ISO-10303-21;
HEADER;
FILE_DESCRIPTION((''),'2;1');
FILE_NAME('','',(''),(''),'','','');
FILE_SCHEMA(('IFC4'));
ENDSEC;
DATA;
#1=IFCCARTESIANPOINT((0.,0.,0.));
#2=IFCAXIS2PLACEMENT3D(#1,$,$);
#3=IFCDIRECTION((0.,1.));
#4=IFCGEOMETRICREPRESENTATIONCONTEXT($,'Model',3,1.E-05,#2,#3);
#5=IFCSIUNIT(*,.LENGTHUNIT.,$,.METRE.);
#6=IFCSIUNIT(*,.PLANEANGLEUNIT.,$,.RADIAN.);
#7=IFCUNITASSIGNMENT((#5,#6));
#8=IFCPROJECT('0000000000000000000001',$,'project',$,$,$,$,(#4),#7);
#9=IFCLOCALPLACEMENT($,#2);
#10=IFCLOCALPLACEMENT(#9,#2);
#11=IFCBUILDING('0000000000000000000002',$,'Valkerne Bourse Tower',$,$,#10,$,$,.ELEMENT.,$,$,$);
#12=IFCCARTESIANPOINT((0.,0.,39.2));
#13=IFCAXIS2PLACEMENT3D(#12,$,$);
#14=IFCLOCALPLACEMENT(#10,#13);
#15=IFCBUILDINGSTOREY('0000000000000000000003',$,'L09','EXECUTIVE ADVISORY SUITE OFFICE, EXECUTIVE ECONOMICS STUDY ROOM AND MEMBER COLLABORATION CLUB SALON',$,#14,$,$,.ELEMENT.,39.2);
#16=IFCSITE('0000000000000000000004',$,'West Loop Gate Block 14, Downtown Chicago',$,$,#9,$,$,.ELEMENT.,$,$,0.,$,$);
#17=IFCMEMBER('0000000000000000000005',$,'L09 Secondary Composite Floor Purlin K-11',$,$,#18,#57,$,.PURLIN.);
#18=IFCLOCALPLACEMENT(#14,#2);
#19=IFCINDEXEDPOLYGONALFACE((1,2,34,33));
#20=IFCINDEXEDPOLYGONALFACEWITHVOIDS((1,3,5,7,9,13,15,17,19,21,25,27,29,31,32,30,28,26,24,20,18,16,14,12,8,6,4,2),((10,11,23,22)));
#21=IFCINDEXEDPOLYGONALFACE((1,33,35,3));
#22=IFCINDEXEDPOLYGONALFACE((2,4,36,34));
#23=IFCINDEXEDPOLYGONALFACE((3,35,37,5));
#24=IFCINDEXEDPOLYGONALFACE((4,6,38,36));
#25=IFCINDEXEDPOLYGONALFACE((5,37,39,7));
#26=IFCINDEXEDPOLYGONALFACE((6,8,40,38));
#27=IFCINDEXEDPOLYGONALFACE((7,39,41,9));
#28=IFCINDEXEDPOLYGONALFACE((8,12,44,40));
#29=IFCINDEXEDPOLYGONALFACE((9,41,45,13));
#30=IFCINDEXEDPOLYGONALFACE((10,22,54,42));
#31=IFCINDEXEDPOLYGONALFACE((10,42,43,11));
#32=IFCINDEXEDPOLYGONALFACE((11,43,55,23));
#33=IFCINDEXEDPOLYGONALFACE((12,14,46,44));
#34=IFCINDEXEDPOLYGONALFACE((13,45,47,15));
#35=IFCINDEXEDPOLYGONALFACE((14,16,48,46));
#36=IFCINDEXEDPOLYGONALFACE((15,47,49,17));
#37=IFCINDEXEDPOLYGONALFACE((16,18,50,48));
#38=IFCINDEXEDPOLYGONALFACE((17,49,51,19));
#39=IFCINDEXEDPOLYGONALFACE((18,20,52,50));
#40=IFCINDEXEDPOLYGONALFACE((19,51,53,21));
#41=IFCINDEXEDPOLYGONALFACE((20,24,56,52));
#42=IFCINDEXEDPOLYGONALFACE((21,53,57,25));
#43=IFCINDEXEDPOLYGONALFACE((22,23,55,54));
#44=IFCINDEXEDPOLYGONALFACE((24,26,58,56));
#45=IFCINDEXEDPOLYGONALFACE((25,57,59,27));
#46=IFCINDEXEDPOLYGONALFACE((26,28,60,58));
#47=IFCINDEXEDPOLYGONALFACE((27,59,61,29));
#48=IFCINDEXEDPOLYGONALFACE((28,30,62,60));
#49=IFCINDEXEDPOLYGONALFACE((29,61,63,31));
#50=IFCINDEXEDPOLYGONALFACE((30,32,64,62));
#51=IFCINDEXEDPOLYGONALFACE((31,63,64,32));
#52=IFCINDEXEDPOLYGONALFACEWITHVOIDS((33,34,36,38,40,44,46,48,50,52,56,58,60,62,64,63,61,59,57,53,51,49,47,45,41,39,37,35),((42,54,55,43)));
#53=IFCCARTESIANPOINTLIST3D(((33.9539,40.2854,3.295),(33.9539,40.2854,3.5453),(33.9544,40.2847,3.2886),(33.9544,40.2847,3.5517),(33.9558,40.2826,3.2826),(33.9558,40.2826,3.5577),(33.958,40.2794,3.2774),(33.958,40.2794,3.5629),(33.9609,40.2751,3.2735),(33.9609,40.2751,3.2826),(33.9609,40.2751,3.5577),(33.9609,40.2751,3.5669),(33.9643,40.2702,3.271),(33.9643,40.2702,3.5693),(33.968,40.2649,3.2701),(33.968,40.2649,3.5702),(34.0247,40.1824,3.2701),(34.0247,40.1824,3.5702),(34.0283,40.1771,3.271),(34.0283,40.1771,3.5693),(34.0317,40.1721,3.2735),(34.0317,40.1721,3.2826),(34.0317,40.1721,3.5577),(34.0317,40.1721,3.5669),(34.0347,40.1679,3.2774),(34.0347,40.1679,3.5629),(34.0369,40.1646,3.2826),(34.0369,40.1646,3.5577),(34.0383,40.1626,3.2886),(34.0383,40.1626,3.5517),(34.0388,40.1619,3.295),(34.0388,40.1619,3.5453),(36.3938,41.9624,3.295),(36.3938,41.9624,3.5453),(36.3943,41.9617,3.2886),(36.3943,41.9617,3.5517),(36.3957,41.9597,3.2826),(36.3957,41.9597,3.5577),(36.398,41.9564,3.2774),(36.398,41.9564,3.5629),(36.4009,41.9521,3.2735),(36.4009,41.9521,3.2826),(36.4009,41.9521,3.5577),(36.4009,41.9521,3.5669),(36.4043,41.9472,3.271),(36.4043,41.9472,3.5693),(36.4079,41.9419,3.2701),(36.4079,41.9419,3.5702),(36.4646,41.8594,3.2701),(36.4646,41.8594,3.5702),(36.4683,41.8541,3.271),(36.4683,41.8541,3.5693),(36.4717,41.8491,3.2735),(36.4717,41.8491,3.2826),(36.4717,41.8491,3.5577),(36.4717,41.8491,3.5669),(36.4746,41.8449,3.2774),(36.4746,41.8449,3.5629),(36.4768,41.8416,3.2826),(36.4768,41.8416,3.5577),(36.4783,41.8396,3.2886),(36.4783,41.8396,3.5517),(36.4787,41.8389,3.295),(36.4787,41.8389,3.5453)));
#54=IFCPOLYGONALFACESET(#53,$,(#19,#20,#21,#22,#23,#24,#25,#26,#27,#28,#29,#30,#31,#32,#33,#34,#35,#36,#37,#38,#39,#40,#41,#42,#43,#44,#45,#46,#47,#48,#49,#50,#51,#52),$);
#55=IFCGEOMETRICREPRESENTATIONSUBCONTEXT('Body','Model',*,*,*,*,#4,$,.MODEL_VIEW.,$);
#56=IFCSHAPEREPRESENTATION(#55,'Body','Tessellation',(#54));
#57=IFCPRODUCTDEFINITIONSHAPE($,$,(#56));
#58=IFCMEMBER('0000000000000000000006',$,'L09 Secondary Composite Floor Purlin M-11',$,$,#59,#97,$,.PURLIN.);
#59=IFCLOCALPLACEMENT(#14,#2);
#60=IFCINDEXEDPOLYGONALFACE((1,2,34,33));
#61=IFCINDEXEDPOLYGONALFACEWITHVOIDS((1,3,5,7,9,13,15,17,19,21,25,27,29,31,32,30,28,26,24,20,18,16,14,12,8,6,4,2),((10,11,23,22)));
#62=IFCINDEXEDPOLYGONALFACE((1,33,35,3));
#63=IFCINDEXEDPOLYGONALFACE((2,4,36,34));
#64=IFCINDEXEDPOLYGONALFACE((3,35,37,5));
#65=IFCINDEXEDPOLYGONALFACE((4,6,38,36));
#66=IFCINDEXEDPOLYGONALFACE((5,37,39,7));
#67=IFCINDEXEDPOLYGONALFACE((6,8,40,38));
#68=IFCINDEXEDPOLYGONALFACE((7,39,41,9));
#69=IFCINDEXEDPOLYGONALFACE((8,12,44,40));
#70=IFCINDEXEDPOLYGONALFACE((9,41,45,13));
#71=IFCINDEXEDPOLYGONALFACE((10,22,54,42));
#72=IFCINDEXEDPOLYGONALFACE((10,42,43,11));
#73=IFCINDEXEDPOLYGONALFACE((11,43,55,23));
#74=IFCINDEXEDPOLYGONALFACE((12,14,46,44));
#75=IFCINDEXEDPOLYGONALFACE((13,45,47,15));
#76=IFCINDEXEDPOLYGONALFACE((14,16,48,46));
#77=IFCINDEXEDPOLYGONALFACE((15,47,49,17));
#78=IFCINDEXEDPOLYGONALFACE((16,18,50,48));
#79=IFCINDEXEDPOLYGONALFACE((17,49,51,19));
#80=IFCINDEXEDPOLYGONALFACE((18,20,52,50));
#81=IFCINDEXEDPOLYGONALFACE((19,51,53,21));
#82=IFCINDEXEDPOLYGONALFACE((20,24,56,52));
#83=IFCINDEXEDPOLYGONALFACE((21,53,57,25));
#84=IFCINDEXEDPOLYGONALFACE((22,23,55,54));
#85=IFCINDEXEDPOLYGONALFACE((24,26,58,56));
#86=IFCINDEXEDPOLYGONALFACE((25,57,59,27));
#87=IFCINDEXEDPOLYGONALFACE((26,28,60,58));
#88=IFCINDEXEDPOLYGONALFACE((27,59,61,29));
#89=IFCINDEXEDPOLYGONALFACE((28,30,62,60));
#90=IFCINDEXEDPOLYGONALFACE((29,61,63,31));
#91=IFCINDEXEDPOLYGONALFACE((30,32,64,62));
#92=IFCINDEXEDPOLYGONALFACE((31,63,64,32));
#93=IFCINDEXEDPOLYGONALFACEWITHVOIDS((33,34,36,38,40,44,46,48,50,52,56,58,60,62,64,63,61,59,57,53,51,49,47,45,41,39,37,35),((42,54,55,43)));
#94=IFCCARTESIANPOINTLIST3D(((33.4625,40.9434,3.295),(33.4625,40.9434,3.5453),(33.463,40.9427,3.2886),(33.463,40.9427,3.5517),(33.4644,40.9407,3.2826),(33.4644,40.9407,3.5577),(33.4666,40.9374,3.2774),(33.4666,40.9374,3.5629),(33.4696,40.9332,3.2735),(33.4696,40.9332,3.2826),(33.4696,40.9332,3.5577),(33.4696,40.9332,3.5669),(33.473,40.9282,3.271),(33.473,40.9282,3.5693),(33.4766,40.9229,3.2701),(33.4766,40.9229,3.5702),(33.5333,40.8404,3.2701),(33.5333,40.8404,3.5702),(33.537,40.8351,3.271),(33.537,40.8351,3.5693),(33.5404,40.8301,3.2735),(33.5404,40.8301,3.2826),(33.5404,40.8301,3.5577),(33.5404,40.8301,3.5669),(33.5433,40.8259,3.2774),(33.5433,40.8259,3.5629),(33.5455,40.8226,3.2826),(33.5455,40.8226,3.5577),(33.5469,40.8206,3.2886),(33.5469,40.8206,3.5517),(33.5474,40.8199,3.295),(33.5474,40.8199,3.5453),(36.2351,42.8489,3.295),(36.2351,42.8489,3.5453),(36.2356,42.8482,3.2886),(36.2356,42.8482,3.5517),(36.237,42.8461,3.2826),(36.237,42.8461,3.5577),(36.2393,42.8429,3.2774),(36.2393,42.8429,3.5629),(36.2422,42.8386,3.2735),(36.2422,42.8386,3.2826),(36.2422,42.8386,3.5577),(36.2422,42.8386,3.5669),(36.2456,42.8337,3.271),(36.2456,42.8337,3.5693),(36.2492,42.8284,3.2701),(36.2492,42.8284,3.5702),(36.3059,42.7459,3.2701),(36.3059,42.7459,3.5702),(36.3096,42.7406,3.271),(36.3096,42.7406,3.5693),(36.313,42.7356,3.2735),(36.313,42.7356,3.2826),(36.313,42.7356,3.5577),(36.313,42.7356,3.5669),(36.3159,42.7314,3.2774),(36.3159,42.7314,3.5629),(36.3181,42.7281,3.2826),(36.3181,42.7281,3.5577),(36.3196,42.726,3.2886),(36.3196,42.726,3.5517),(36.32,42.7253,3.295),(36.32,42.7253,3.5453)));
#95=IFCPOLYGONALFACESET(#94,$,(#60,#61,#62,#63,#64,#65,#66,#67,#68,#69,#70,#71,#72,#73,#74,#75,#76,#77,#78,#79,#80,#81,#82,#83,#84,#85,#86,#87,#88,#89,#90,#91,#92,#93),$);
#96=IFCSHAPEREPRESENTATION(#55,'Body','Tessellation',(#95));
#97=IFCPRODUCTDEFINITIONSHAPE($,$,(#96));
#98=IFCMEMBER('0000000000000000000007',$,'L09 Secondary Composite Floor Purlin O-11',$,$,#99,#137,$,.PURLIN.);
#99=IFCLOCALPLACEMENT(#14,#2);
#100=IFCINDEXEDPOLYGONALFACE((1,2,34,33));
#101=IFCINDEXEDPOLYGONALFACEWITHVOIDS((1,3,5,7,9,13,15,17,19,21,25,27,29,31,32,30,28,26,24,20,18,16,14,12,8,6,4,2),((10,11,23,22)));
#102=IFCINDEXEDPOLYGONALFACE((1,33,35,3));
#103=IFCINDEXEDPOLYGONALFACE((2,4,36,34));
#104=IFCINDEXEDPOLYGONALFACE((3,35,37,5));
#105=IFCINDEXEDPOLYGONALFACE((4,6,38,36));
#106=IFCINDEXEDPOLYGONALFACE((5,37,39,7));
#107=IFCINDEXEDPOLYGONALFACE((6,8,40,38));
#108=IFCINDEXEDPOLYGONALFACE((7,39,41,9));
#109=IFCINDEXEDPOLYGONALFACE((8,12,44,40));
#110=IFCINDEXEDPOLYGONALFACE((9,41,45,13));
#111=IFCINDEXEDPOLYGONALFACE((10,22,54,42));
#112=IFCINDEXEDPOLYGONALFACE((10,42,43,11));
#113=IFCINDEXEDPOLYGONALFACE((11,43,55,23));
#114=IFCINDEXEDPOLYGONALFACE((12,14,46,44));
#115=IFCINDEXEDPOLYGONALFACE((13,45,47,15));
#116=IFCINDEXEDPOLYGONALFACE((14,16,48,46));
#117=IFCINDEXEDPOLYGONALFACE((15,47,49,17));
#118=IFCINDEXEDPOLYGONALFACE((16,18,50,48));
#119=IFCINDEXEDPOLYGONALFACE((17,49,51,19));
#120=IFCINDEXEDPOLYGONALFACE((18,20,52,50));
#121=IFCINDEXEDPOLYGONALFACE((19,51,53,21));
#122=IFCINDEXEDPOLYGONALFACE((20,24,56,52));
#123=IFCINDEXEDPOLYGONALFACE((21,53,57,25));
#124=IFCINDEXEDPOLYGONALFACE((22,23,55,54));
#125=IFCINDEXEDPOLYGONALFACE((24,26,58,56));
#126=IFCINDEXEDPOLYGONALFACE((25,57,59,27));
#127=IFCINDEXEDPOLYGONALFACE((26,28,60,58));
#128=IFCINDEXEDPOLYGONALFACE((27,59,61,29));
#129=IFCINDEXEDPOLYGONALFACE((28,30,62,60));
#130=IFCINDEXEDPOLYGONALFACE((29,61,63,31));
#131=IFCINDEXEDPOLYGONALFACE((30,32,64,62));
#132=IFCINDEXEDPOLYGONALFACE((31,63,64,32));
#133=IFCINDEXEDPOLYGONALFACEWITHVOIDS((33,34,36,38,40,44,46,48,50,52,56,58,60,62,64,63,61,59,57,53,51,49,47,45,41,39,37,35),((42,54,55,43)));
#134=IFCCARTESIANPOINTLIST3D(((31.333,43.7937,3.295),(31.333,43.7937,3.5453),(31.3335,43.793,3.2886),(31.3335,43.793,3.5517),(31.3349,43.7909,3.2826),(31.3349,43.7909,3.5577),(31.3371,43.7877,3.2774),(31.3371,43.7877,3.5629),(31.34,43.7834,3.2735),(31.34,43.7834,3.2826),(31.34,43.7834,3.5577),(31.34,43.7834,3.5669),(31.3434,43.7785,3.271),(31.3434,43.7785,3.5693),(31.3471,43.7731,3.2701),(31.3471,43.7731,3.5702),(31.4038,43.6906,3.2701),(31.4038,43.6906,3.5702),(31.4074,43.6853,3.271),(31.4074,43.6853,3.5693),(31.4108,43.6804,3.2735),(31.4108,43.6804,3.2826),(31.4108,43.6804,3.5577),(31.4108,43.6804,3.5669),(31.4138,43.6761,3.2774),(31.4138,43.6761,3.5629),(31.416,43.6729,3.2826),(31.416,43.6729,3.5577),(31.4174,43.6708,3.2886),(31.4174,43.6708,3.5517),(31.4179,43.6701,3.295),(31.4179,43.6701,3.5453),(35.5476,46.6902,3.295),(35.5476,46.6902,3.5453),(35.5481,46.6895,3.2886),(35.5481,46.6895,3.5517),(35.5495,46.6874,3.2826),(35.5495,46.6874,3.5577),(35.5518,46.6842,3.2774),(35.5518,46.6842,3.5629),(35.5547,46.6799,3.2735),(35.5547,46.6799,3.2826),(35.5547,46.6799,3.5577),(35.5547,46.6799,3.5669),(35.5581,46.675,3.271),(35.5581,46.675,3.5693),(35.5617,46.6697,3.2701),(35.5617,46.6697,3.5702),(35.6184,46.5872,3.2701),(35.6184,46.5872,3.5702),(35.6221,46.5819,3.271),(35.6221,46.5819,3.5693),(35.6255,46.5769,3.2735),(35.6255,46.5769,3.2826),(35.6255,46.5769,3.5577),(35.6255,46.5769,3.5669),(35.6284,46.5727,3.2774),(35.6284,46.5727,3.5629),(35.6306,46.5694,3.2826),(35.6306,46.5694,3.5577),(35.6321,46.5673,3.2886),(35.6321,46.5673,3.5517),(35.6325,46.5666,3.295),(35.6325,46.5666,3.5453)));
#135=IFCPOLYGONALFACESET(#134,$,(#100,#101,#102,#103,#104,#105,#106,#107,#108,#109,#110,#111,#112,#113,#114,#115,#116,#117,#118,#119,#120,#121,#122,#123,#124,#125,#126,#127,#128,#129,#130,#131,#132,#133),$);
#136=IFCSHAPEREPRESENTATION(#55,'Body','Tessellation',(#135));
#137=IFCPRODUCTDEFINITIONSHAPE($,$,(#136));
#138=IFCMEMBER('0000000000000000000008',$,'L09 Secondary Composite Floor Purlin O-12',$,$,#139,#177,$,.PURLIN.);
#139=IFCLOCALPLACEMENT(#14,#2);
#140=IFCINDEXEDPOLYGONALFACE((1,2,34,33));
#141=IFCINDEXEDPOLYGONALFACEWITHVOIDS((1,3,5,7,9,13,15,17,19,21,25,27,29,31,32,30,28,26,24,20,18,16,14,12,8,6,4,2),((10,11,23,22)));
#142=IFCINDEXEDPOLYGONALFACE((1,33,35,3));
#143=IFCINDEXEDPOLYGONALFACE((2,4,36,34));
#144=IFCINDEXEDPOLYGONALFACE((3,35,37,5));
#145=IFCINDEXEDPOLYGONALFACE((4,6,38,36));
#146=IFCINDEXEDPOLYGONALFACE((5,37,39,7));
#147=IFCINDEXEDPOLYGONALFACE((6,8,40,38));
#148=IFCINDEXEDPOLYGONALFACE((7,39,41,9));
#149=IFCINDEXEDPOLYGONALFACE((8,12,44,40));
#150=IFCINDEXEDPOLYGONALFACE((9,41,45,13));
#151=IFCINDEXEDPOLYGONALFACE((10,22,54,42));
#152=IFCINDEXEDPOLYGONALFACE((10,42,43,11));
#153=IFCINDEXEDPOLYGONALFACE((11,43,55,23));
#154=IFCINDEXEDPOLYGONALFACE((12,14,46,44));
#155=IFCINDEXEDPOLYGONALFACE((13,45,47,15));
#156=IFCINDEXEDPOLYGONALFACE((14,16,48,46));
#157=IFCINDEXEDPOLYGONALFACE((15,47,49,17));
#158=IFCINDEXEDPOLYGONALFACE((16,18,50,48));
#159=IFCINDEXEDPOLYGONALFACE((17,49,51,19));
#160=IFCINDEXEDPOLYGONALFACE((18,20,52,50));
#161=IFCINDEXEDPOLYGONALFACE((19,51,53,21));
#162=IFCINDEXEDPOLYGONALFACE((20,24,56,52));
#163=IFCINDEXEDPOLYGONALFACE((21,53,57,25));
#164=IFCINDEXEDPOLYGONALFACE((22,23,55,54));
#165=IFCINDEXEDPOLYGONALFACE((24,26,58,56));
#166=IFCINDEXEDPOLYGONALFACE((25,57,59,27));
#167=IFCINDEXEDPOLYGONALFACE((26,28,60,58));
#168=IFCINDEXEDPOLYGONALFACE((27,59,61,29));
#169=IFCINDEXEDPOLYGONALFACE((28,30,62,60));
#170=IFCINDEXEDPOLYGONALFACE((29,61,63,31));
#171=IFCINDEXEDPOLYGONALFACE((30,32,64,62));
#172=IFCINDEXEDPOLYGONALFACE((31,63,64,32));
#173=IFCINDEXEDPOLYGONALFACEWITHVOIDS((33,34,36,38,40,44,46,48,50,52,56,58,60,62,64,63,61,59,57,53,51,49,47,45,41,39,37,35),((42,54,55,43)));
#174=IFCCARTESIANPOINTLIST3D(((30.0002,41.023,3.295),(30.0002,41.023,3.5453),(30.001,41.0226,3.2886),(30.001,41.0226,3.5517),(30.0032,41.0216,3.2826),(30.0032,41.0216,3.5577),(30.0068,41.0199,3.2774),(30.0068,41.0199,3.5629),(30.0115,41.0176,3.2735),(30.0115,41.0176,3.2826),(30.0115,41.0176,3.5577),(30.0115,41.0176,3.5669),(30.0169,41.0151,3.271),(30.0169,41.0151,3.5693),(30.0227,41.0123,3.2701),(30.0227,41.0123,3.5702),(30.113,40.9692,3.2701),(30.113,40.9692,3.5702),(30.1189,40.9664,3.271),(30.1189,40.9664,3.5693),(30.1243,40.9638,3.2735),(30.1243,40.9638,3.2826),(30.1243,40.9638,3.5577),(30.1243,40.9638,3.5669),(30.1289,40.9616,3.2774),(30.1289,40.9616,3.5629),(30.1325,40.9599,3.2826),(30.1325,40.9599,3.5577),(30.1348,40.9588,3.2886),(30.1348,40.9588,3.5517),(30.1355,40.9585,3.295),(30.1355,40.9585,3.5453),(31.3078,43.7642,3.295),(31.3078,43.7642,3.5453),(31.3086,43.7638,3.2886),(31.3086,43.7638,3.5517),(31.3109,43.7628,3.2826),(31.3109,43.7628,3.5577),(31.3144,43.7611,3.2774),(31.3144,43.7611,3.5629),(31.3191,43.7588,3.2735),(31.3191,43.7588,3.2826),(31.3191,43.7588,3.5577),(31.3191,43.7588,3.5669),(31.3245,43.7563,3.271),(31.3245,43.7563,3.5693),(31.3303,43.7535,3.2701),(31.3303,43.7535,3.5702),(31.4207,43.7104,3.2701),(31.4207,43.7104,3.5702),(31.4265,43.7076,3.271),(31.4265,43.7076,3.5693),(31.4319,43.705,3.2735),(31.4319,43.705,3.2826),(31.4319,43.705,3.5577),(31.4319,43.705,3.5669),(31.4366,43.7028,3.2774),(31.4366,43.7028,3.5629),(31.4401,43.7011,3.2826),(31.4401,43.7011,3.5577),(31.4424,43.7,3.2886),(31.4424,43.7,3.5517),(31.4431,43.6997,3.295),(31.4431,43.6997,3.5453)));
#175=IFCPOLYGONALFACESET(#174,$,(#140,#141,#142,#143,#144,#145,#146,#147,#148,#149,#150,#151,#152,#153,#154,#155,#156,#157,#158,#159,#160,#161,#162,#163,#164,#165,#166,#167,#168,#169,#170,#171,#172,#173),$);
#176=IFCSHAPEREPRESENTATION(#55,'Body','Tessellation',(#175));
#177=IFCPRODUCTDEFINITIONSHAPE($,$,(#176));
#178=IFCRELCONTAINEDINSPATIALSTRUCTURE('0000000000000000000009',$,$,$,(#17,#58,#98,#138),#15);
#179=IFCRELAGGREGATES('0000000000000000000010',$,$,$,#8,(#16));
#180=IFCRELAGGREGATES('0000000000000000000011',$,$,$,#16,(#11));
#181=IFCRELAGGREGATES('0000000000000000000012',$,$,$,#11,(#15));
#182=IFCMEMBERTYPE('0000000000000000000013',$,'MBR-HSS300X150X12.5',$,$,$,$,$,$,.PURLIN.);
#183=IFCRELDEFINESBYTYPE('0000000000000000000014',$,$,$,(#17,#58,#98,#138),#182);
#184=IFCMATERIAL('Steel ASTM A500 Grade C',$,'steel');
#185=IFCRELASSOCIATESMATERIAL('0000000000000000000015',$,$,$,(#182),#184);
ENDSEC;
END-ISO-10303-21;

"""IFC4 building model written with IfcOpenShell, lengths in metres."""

from ifc_helpers import new_model, si_unit, direction, frame, origin, origin_2d, place, context, subcontext, project, spatial, hollow_rectangle, extrude, material, material_profile, profile_set, type_object, element, save


model = new_model("IFC4")

# Units and contexts
model_context = context("Model", 3, precision=1e-05, world=origin(), true_north=direction((0.0, 1.0)))
body_context = subcontext(model_context, "Body", "Model", "MODEL_VIEW")
ifc_project = project(units=[si_unit("LENGTHUNIT", "METRE"), si_unit("PLANEANGLEUNIT", "RADIAN")], contexts=[model_context])

# Site, building, storey
site_placement = place(None, origin())
site = spatial("IfcSite", under=ifc_project, at=site_placement, Name="West Loop Gate Block 14, Downtown Chicago", CompositionType="ELEMENT", RefElevation=0.0)
building_placement = place(site_placement, origin())
building = spatial("IfcBuilding", under=site, at=building_placement, Name="Valkerne Bourse Tower", CompositionType="ELEMENT")
storey_placement = place(building_placement, frame((0.0, 0.0, 39.2)))
storey = spatial("IfcBuildingStorey", under=building, at=storey_placement, Name="L09", Description="EXECUTIVE ADVISORY SUITE OFFICE, EXECUTIVE ECONOMICS STUDY ROOM AND MEMBER COLLABORATION CLUB SALON", CompositionType="ELEMENT", Elevation=39.2)

# Members
ifc_material_1 = material(Name="Steel ASTM A500 Grade C", Category="steel")
ifc_material_profile_1 = material_profile(ifc_material_1, hollow_rectangle(XDim=0.1499, YDim=0.3, WallThickness=0.0125, OuterFilletRadius=0.0249, at=origin_2d()), Name="HSS300X150X12.5")
ifc_profile_set_1 = profile_set([ifc_material_profile_1], Name="Steel ASTM A500 Grade C")
member_type_1 = type_object("IfcMemberType", Name="MBR-HSS300X150X12.5", PredefinedType="PURLIN", material=ifc_profile_set_1)
member_1_placement = place(storey_placement, frame((36.4363, 41.9006, 3.4202), z_axis=(-0.824114, -0.566424, 0.0), x_axis=(0.566424, -0.824114, 0.0)))
element("IfcMember", 1, at=member_1_placement, inside=storey, type_object=member_type_1, Name="L09 Secondary Composite Floor Purlin K-11", PredefinedType="PURLIN", context=body_context, shape_type="SweptSolid", body=[
    extrude(hollow_rectangle(XDim=0.1499, YDim=0.3, WallThickness=0.0125, OuterFilletRadius=0.0249, at=origin_2d()), origin(), (0.0, 0.0, 1.0), 2.9607),
])
member_2_placement = place(storey_placement, frame((36.2776, 42.7871, 3.4202), z_axis=(-0.824141, -0.566384, 0.0), x_axis=(0.566384, -0.824141, 0.0)))
element("IfcMember", 2, at=member_2_placement, inside=storey, type_object=member_type_1, Name="L09 Secondary Composite Floor Purlin M-11", PredefinedType="PURLIN", context=body_context, shape_type="SweptSolid", body=[
    extrude(hollow_rectangle(XDim=0.1499, YDim=0.3, WallThickness=0.0125, OuterFilletRadius=0.0249, at=origin_2d()), origin(), (0.0, 0.0, 1.0), 3.3643),
])
member_3_placement = place(storey_placement, frame((35.5901, 46.6284, 3.4202), z_axis=(-0.824138, -0.566389, 0.0), x_axis=(0.566389, -0.824138, 0.0)))
element("IfcMember", 3, at=member_3_placement, inside=storey, type_object=member_type_1, Name="L09 Secondary Composite Floor Purlin O-11", PredefinedType="PURLIN", context=body_context, shape_type="SweptSolid", body=[
    extrude(hollow_rectangle(XDim=0.1499, YDim=0.3, WallThickness=0.0125, OuterFilletRadius=0.0249, at=origin_2d()), origin(), (0.0, 0.0, 1.0), 5.114),
])
member_4_placement = place(storey_placement, frame((31.3755, 43.7319, 3.4202), z_axis=(-0.430545, -0.902569, 0.0), x_axis=(0.902569, -0.430545, 0.0)))
element("IfcMember", 4, at=member_4_placement, inside=storey, type_object=member_type_1, Name="L09 Secondary Composite Floor Purlin O-12", PredefinedType="PURLIN", context=body_context, shape_type="SweptSolid", body=[
    extrude(hollow_rectangle(XDim=0.1499, YDim=0.3, WallThickness=0.0125, OuterFilletRadius=0.0249, at=origin_2d()), origin(), (0.0, 0.0, 1.0), 3.0371),
])

save(model, "model.ifc")
